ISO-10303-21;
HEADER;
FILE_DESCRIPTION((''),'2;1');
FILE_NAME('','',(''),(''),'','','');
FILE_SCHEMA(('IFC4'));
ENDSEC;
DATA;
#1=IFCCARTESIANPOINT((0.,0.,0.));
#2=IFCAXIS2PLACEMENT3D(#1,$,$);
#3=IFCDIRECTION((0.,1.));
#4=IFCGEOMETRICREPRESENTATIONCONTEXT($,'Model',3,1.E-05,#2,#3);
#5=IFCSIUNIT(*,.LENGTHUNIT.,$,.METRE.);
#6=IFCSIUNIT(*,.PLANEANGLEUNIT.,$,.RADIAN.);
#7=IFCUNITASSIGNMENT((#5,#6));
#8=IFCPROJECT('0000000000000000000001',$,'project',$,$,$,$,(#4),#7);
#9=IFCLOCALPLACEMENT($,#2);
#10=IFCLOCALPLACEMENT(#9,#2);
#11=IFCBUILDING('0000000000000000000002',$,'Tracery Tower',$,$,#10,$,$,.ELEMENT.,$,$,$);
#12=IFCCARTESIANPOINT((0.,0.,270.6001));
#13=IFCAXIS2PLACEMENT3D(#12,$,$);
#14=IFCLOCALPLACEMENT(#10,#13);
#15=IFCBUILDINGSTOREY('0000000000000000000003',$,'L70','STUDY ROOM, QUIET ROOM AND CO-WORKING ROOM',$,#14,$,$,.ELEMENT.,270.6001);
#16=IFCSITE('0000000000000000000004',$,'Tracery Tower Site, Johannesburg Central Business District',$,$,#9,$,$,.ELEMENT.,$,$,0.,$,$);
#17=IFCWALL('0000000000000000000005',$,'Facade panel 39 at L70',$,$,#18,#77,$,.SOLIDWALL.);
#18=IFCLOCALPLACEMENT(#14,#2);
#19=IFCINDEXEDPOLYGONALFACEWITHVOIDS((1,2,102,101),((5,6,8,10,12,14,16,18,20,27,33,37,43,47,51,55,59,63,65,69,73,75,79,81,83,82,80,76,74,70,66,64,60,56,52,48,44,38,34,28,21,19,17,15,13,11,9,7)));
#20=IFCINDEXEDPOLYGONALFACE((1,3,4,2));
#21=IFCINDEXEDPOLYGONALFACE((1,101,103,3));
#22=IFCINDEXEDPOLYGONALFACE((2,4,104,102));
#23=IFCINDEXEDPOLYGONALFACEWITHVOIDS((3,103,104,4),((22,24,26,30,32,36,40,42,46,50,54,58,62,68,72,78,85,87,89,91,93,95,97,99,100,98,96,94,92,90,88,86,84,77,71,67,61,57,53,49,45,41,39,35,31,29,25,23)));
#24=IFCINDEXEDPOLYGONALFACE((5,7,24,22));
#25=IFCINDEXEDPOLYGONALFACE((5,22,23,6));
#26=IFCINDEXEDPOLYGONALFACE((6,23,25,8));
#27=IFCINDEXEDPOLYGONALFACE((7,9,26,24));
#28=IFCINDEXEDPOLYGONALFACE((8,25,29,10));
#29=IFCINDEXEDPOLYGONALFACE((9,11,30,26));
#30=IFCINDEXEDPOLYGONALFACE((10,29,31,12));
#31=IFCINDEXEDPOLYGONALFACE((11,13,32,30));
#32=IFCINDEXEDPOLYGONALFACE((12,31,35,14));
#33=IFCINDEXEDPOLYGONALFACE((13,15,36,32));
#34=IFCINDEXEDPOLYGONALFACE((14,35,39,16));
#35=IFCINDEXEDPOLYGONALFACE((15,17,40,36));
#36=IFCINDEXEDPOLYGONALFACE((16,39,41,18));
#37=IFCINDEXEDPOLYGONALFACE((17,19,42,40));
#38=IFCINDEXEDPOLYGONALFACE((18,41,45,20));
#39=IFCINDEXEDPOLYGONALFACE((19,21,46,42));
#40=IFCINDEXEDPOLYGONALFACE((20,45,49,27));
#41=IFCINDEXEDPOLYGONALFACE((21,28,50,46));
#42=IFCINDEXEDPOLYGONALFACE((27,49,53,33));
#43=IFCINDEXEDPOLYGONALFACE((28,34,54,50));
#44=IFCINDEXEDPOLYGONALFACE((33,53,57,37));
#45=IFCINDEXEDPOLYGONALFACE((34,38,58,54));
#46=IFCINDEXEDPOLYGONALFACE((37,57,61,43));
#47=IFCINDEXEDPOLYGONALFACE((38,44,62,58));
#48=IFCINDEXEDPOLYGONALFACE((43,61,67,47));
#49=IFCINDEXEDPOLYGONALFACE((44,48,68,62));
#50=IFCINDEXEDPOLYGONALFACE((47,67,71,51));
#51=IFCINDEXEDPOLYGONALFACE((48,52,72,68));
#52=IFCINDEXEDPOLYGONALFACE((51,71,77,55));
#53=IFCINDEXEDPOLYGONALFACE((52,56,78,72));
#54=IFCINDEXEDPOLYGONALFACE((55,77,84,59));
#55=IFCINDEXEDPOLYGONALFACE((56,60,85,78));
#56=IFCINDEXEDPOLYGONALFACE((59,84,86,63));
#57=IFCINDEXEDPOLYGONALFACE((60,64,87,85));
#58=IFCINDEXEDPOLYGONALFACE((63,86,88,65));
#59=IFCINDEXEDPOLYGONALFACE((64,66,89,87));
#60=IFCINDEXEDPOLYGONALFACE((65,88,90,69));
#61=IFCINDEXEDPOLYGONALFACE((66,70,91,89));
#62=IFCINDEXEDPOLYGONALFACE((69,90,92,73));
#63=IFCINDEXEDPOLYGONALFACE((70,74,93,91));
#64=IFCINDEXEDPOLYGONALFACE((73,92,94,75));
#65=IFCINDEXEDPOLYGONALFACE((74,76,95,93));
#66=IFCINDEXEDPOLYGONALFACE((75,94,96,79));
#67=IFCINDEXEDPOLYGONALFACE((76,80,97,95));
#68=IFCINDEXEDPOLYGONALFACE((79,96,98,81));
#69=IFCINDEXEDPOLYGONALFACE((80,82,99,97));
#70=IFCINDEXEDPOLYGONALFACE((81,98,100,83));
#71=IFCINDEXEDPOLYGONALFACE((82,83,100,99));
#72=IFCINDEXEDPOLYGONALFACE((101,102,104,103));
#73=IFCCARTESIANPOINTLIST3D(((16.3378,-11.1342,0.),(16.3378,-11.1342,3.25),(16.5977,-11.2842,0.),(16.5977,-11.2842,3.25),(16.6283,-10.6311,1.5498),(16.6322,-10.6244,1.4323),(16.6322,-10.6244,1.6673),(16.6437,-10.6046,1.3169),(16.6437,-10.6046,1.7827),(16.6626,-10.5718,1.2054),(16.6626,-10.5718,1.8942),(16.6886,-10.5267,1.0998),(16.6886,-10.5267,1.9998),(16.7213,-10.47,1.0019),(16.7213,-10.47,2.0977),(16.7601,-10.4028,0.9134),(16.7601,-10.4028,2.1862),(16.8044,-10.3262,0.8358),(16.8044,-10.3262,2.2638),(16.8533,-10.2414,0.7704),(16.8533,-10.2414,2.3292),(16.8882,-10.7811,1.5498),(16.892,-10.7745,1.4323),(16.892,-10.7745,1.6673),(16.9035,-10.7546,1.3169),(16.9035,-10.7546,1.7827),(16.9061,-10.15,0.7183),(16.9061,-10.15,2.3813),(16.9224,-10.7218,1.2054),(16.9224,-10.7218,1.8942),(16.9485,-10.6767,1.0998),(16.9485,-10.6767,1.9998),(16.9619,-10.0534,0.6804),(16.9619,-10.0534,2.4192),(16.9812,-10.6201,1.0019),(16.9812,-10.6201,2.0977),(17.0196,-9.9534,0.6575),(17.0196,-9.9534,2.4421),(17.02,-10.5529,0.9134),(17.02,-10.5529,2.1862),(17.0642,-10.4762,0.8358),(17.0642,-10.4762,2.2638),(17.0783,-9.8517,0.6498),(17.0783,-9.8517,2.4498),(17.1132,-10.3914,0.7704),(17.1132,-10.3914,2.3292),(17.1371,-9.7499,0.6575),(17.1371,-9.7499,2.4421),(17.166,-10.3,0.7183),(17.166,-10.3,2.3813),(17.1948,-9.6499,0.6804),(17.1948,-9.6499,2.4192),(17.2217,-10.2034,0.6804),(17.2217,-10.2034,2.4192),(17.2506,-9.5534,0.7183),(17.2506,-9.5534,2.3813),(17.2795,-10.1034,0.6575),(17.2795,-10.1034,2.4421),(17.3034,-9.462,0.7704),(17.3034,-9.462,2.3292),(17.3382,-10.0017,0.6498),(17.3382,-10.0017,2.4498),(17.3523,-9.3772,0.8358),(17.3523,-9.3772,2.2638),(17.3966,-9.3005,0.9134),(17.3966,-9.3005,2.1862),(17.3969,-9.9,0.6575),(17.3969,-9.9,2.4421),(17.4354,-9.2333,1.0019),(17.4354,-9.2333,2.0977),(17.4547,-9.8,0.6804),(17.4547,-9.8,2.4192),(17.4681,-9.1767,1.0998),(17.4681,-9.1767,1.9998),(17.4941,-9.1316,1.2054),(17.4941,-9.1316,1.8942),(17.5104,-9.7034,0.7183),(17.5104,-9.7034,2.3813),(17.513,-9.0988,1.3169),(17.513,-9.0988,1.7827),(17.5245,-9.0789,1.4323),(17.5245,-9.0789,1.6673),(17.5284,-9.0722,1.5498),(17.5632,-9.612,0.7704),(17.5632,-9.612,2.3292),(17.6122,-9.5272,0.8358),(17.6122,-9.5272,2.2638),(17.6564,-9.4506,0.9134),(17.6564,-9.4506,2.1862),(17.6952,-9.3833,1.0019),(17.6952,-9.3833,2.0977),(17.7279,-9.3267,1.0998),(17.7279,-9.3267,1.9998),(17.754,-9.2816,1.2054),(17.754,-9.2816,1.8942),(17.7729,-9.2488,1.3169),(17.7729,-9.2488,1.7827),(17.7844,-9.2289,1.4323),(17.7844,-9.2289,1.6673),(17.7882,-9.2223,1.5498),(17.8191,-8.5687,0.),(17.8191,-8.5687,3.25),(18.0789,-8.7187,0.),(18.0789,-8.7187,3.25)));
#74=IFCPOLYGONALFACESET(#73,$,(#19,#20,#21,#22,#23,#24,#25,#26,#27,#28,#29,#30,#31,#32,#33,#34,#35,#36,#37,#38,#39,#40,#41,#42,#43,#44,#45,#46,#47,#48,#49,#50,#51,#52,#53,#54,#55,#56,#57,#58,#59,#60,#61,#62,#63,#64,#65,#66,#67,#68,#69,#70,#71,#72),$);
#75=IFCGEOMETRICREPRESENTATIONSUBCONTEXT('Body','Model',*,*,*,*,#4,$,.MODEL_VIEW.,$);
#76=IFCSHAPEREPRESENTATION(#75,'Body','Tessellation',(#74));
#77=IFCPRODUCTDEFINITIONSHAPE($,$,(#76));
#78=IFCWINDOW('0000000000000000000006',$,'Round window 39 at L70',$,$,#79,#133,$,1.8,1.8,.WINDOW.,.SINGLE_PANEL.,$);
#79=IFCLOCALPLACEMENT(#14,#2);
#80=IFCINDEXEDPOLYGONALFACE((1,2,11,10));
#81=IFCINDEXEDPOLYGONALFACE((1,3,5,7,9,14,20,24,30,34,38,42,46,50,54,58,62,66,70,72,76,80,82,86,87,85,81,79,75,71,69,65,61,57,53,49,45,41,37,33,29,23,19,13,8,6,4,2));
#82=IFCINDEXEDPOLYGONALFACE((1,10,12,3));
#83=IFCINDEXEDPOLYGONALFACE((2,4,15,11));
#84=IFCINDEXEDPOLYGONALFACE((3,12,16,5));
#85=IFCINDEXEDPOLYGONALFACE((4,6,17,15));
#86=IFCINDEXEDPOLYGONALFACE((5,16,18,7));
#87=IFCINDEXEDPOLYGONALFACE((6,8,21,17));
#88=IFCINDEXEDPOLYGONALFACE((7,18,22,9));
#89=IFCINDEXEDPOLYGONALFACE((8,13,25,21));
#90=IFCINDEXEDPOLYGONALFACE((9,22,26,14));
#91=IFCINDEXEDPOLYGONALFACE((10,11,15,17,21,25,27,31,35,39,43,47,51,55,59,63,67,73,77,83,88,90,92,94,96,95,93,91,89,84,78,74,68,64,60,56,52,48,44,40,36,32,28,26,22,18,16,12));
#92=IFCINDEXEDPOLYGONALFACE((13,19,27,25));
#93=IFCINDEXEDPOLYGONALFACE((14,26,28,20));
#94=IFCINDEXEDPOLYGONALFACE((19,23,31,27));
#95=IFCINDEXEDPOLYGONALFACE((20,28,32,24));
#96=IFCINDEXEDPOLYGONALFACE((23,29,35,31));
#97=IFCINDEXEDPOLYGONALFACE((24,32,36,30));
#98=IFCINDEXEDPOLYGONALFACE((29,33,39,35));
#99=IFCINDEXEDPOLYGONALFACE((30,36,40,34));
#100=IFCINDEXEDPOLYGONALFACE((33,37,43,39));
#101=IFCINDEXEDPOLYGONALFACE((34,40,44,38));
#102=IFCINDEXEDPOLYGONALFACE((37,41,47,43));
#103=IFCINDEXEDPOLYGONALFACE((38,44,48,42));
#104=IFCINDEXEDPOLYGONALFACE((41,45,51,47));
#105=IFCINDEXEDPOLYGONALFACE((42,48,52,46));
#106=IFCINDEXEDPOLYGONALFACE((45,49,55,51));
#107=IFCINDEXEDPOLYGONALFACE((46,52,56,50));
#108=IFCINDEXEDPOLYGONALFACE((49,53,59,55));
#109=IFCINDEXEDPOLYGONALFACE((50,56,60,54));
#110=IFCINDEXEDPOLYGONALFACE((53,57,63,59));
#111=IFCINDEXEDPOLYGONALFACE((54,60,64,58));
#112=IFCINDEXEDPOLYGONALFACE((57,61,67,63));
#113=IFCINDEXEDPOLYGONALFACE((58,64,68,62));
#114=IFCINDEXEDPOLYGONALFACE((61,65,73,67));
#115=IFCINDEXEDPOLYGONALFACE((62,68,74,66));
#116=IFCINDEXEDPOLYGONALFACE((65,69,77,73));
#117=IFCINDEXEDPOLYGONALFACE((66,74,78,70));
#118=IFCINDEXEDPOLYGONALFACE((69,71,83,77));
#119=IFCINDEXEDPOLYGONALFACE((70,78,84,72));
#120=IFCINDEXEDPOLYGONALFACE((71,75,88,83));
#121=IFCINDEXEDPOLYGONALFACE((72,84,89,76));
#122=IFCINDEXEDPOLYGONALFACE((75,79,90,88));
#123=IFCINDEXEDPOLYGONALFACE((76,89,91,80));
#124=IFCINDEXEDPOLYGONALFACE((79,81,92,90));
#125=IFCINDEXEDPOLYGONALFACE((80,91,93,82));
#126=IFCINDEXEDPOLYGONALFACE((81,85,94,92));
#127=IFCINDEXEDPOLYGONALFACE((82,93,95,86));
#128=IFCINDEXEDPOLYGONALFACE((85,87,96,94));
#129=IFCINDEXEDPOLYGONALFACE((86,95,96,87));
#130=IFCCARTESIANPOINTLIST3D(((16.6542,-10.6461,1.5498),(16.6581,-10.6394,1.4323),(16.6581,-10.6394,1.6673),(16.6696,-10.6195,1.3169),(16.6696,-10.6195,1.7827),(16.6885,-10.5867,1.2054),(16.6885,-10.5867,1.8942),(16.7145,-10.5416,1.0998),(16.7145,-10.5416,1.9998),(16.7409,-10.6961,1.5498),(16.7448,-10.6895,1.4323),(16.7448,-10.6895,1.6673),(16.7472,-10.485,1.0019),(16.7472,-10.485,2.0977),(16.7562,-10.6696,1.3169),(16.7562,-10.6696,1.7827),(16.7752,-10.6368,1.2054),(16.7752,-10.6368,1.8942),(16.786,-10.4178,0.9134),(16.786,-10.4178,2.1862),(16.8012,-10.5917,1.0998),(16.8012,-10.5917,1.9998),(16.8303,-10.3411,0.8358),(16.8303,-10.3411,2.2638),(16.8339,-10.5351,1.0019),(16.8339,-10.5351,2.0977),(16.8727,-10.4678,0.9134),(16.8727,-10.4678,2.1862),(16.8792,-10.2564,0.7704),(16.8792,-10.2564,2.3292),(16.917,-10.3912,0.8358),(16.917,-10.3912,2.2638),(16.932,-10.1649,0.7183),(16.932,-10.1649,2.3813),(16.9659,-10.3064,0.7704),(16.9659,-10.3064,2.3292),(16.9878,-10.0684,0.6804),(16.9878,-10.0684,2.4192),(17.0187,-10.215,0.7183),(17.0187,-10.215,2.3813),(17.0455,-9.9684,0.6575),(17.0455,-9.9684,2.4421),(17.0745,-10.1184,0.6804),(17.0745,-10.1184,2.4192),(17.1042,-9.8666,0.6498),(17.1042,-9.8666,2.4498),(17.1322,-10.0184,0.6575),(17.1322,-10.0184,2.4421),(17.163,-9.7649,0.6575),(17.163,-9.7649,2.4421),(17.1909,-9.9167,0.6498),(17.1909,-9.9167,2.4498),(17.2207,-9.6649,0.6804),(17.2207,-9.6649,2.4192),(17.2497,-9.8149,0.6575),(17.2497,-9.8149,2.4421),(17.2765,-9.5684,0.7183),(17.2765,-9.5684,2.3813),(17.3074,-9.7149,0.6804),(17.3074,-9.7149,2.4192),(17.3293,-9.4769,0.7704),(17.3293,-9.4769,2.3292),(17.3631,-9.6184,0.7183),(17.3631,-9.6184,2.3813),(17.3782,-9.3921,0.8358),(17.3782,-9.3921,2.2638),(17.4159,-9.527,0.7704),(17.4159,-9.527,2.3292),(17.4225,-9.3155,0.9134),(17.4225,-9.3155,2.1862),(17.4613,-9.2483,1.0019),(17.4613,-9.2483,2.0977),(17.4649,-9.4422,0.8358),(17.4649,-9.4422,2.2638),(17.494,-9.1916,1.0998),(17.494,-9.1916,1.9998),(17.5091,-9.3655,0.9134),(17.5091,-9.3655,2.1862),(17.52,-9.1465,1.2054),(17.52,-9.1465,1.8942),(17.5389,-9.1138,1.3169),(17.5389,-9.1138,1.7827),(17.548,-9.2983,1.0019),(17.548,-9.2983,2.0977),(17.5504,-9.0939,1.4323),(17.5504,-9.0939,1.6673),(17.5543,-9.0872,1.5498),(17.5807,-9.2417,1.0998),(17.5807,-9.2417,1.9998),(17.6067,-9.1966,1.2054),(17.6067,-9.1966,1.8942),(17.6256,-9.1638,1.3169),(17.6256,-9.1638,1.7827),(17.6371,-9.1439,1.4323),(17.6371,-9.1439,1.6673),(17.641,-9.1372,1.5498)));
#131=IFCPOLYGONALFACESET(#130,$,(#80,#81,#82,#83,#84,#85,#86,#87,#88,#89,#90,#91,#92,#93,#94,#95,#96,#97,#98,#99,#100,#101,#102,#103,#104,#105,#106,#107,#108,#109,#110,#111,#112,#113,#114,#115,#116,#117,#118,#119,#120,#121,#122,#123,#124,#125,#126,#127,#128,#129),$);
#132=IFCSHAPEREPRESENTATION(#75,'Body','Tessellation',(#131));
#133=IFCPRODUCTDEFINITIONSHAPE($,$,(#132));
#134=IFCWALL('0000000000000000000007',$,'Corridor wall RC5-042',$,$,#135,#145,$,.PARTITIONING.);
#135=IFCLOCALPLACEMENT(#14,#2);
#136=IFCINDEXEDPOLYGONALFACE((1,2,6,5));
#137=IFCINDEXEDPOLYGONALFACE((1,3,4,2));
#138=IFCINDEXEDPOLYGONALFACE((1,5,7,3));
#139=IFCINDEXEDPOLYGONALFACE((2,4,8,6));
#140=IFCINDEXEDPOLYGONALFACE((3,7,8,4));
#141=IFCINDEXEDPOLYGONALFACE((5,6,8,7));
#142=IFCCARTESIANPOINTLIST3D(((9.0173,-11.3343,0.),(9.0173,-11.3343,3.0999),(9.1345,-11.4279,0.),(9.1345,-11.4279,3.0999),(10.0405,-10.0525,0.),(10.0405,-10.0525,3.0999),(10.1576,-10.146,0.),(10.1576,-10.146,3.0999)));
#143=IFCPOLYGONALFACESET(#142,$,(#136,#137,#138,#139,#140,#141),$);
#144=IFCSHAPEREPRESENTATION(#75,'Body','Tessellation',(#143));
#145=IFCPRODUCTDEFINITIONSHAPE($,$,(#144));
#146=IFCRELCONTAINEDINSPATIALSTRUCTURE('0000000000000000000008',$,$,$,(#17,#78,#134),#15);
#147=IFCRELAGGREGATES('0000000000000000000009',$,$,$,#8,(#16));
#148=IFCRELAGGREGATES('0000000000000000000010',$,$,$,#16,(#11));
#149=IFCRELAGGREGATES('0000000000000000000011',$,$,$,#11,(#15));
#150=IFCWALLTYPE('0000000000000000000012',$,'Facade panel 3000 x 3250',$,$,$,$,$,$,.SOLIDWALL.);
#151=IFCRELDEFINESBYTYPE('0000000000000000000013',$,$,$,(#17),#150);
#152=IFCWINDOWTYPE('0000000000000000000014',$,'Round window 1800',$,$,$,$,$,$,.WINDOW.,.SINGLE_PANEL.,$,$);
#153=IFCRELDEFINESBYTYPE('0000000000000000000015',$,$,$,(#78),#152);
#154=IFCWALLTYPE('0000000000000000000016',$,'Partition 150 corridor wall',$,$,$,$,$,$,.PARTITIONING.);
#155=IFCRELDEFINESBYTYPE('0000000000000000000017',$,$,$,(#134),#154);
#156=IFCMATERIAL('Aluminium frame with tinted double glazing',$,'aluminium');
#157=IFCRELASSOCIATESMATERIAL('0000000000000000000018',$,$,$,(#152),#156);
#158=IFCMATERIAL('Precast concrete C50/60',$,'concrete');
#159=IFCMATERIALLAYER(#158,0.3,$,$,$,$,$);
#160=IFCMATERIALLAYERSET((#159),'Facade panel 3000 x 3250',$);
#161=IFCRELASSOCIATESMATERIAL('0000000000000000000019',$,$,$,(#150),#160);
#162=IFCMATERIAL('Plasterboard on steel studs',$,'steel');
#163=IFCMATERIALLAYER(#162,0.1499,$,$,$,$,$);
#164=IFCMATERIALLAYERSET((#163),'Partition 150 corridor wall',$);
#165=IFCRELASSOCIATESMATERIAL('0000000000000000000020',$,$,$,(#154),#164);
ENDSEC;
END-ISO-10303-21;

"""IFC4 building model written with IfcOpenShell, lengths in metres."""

from ifc_helpers import new_model, si_unit, direction, frame, frame_2d, origin, origin_2d, place, context, subcontext, project, spatial, rectangle, circle, extrude, material, layer, layer_set, type_object, element, fill, save


model = new_model("IFC4")

# Units and contexts
model_context = context("Model", 3, precision=1e-05, world=origin(), true_north=direction((0.0, 1.0)))
body_context = subcontext(model_context, "Body", "Model", "MODEL_VIEW")
ifc_project = project(units=[si_unit("LENGTHUNIT", "METRE"), si_unit("PLANEANGLEUNIT", "RADIAN")], contexts=[model_context])

# Site, building, storey
site_placement = place(None, origin())
site = spatial("IfcSite", under=ifc_project, at=site_placement, Name="Tracery Tower Site, Johannesburg Central Business District", CompositionType="ELEMENT", RefElevation=0.0)
building_placement = place(site_placement, origin())
building = spatial("IfcBuilding", under=site, at=building_placement, Name="Tracery Tower", CompositionType="ELEMENT")
storey_placement = place(building_placement, frame((0.0, 0.0, 270.6001)))
storey = spatial("IfcBuildingStorey", under=building, at=storey_placement, Name="L70", Description="STUDY ROOM, QUIET ROOM AND CO-WORKING ROOM", CompositionType="ELEMENT", Elevation=270.6001)

# Wall, opening, window
ifc_material_1 = material(Name="Aluminium frame with tinted double glazing", Category="aluminium")
window_type = type_object("IfcWindowType", Name="Round window 1800", PartitioningType="SINGLE_PANEL", PredefinedType="WINDOW", material=ifc_material_1)
ifc_material_2 = material(Name="Precast concrete C50/60", Category="concrete")
ifc_layer_1 = layer(ifc_material_2, 0.3)
ifc_layer_set_1 = layer_set([ifc_layer_1], Name="Facade panel 3000 x 3250")
wall_type_1 = type_object("IfcWallType", Name="Facade panel 3000 x 3250", PredefinedType="SOLIDWALL", material=ifc_layer_set_1)
wall_1_placement = place(storey_placement, frame((16.4678, -11.2092, 0.0), z_axis=(0.0, 0.0, 1.0), x_axis=(0.500013, 0.866018, 0.0)))
wall_1 = element("IfcWall", 1, at=wall_1_placement, inside=storey, type_object=wall_type_1, Name="Facade panel 39 at L70", PredefinedType="SOLIDWALL", context=body_context, shape_type="SweptSolid", body=[
    extrude(rectangle(XDim=2.9624, YDim=0.3, at=frame_2d((1.4812, 0.0))), origin(), (0.0, 0.0, 1.0), 3.25),
])
opening_1_placement = place(wall_1_placement, frame((1.481, 0.0, 1.5498)))
opening_1 = element("IfcOpeningElement", 2, at=opening_1_placement, cuts=wall_1, PredefinedType="OPENING", context=body_context, shape_type="SweptSolid", body=[
    extrude(circle(Radius=0.9, at=origin_2d()), frame((0.0, 0.1599, 0.0), z_axis=(0.0, -1.0, 0.0), x_axis=(1.0, 0.0, 0.0)), (0.0, 0.0, 1.0), 0.3201),
])
window_1_placement = place(opening_1_placement, origin())
window_1 = element("IfcWindow", 3, at=window_1_placement, inside=storey, type_object=window_type, Name="Round window 39 at L70", OverallHeight=1.8, OverallWidth=1.8, PartitioningType="SINGLE_PANEL", PredefinedType="WINDOW", context=body_context, shape_type="SweptSolid", body=[
    extrude(circle(Radius=0.9, at=origin_2d()), frame((0.0, 0.1201, 0.0), z_axis=(0.0, -1.0, 0.0), x_axis=(1.0, 0.0, 0.0)), (0.0, 0.0, 1.0), 0.1001),
])
fill(opening_1, window_1)

# Wall
ifc_material_3 = material(Name="Plasterboard on steel studs", Category="steel")
ifc_layer_2 = layer(ifc_material_3, 0.1499)
ifc_layer_set_2 = layer_set([ifc_layer_2], Name="Partition 150 corridor wall")
wall_type_2 = type_object("IfcWallType", Name="Partition 150 corridor wall", PredefinedType="PARTITIONING", material=ifc_layer_set_2)
wall_2_placement = place(storey_placement, frame((9.0759, -11.3811, 0.0), z_axis=(0.0, 0.0, 1.0), x_axis=(0.623805, 0.78158, 0.0)))
element("IfcWall", 4, at=wall_2_placement, inside=storey, type_object=wall_type_2, Name="Corridor wall RC5-042", PredefinedType="PARTITIONING", context=body_context, shape_type="SweptSolid", body=[
    extrude(rectangle(XDim=1.6401, YDim=0.1499, at=frame_2d((0.8201, 0.0))), origin(), (0.0, 0.0, 1.0), 3.0999),
])

save(model, "model.ifc")
